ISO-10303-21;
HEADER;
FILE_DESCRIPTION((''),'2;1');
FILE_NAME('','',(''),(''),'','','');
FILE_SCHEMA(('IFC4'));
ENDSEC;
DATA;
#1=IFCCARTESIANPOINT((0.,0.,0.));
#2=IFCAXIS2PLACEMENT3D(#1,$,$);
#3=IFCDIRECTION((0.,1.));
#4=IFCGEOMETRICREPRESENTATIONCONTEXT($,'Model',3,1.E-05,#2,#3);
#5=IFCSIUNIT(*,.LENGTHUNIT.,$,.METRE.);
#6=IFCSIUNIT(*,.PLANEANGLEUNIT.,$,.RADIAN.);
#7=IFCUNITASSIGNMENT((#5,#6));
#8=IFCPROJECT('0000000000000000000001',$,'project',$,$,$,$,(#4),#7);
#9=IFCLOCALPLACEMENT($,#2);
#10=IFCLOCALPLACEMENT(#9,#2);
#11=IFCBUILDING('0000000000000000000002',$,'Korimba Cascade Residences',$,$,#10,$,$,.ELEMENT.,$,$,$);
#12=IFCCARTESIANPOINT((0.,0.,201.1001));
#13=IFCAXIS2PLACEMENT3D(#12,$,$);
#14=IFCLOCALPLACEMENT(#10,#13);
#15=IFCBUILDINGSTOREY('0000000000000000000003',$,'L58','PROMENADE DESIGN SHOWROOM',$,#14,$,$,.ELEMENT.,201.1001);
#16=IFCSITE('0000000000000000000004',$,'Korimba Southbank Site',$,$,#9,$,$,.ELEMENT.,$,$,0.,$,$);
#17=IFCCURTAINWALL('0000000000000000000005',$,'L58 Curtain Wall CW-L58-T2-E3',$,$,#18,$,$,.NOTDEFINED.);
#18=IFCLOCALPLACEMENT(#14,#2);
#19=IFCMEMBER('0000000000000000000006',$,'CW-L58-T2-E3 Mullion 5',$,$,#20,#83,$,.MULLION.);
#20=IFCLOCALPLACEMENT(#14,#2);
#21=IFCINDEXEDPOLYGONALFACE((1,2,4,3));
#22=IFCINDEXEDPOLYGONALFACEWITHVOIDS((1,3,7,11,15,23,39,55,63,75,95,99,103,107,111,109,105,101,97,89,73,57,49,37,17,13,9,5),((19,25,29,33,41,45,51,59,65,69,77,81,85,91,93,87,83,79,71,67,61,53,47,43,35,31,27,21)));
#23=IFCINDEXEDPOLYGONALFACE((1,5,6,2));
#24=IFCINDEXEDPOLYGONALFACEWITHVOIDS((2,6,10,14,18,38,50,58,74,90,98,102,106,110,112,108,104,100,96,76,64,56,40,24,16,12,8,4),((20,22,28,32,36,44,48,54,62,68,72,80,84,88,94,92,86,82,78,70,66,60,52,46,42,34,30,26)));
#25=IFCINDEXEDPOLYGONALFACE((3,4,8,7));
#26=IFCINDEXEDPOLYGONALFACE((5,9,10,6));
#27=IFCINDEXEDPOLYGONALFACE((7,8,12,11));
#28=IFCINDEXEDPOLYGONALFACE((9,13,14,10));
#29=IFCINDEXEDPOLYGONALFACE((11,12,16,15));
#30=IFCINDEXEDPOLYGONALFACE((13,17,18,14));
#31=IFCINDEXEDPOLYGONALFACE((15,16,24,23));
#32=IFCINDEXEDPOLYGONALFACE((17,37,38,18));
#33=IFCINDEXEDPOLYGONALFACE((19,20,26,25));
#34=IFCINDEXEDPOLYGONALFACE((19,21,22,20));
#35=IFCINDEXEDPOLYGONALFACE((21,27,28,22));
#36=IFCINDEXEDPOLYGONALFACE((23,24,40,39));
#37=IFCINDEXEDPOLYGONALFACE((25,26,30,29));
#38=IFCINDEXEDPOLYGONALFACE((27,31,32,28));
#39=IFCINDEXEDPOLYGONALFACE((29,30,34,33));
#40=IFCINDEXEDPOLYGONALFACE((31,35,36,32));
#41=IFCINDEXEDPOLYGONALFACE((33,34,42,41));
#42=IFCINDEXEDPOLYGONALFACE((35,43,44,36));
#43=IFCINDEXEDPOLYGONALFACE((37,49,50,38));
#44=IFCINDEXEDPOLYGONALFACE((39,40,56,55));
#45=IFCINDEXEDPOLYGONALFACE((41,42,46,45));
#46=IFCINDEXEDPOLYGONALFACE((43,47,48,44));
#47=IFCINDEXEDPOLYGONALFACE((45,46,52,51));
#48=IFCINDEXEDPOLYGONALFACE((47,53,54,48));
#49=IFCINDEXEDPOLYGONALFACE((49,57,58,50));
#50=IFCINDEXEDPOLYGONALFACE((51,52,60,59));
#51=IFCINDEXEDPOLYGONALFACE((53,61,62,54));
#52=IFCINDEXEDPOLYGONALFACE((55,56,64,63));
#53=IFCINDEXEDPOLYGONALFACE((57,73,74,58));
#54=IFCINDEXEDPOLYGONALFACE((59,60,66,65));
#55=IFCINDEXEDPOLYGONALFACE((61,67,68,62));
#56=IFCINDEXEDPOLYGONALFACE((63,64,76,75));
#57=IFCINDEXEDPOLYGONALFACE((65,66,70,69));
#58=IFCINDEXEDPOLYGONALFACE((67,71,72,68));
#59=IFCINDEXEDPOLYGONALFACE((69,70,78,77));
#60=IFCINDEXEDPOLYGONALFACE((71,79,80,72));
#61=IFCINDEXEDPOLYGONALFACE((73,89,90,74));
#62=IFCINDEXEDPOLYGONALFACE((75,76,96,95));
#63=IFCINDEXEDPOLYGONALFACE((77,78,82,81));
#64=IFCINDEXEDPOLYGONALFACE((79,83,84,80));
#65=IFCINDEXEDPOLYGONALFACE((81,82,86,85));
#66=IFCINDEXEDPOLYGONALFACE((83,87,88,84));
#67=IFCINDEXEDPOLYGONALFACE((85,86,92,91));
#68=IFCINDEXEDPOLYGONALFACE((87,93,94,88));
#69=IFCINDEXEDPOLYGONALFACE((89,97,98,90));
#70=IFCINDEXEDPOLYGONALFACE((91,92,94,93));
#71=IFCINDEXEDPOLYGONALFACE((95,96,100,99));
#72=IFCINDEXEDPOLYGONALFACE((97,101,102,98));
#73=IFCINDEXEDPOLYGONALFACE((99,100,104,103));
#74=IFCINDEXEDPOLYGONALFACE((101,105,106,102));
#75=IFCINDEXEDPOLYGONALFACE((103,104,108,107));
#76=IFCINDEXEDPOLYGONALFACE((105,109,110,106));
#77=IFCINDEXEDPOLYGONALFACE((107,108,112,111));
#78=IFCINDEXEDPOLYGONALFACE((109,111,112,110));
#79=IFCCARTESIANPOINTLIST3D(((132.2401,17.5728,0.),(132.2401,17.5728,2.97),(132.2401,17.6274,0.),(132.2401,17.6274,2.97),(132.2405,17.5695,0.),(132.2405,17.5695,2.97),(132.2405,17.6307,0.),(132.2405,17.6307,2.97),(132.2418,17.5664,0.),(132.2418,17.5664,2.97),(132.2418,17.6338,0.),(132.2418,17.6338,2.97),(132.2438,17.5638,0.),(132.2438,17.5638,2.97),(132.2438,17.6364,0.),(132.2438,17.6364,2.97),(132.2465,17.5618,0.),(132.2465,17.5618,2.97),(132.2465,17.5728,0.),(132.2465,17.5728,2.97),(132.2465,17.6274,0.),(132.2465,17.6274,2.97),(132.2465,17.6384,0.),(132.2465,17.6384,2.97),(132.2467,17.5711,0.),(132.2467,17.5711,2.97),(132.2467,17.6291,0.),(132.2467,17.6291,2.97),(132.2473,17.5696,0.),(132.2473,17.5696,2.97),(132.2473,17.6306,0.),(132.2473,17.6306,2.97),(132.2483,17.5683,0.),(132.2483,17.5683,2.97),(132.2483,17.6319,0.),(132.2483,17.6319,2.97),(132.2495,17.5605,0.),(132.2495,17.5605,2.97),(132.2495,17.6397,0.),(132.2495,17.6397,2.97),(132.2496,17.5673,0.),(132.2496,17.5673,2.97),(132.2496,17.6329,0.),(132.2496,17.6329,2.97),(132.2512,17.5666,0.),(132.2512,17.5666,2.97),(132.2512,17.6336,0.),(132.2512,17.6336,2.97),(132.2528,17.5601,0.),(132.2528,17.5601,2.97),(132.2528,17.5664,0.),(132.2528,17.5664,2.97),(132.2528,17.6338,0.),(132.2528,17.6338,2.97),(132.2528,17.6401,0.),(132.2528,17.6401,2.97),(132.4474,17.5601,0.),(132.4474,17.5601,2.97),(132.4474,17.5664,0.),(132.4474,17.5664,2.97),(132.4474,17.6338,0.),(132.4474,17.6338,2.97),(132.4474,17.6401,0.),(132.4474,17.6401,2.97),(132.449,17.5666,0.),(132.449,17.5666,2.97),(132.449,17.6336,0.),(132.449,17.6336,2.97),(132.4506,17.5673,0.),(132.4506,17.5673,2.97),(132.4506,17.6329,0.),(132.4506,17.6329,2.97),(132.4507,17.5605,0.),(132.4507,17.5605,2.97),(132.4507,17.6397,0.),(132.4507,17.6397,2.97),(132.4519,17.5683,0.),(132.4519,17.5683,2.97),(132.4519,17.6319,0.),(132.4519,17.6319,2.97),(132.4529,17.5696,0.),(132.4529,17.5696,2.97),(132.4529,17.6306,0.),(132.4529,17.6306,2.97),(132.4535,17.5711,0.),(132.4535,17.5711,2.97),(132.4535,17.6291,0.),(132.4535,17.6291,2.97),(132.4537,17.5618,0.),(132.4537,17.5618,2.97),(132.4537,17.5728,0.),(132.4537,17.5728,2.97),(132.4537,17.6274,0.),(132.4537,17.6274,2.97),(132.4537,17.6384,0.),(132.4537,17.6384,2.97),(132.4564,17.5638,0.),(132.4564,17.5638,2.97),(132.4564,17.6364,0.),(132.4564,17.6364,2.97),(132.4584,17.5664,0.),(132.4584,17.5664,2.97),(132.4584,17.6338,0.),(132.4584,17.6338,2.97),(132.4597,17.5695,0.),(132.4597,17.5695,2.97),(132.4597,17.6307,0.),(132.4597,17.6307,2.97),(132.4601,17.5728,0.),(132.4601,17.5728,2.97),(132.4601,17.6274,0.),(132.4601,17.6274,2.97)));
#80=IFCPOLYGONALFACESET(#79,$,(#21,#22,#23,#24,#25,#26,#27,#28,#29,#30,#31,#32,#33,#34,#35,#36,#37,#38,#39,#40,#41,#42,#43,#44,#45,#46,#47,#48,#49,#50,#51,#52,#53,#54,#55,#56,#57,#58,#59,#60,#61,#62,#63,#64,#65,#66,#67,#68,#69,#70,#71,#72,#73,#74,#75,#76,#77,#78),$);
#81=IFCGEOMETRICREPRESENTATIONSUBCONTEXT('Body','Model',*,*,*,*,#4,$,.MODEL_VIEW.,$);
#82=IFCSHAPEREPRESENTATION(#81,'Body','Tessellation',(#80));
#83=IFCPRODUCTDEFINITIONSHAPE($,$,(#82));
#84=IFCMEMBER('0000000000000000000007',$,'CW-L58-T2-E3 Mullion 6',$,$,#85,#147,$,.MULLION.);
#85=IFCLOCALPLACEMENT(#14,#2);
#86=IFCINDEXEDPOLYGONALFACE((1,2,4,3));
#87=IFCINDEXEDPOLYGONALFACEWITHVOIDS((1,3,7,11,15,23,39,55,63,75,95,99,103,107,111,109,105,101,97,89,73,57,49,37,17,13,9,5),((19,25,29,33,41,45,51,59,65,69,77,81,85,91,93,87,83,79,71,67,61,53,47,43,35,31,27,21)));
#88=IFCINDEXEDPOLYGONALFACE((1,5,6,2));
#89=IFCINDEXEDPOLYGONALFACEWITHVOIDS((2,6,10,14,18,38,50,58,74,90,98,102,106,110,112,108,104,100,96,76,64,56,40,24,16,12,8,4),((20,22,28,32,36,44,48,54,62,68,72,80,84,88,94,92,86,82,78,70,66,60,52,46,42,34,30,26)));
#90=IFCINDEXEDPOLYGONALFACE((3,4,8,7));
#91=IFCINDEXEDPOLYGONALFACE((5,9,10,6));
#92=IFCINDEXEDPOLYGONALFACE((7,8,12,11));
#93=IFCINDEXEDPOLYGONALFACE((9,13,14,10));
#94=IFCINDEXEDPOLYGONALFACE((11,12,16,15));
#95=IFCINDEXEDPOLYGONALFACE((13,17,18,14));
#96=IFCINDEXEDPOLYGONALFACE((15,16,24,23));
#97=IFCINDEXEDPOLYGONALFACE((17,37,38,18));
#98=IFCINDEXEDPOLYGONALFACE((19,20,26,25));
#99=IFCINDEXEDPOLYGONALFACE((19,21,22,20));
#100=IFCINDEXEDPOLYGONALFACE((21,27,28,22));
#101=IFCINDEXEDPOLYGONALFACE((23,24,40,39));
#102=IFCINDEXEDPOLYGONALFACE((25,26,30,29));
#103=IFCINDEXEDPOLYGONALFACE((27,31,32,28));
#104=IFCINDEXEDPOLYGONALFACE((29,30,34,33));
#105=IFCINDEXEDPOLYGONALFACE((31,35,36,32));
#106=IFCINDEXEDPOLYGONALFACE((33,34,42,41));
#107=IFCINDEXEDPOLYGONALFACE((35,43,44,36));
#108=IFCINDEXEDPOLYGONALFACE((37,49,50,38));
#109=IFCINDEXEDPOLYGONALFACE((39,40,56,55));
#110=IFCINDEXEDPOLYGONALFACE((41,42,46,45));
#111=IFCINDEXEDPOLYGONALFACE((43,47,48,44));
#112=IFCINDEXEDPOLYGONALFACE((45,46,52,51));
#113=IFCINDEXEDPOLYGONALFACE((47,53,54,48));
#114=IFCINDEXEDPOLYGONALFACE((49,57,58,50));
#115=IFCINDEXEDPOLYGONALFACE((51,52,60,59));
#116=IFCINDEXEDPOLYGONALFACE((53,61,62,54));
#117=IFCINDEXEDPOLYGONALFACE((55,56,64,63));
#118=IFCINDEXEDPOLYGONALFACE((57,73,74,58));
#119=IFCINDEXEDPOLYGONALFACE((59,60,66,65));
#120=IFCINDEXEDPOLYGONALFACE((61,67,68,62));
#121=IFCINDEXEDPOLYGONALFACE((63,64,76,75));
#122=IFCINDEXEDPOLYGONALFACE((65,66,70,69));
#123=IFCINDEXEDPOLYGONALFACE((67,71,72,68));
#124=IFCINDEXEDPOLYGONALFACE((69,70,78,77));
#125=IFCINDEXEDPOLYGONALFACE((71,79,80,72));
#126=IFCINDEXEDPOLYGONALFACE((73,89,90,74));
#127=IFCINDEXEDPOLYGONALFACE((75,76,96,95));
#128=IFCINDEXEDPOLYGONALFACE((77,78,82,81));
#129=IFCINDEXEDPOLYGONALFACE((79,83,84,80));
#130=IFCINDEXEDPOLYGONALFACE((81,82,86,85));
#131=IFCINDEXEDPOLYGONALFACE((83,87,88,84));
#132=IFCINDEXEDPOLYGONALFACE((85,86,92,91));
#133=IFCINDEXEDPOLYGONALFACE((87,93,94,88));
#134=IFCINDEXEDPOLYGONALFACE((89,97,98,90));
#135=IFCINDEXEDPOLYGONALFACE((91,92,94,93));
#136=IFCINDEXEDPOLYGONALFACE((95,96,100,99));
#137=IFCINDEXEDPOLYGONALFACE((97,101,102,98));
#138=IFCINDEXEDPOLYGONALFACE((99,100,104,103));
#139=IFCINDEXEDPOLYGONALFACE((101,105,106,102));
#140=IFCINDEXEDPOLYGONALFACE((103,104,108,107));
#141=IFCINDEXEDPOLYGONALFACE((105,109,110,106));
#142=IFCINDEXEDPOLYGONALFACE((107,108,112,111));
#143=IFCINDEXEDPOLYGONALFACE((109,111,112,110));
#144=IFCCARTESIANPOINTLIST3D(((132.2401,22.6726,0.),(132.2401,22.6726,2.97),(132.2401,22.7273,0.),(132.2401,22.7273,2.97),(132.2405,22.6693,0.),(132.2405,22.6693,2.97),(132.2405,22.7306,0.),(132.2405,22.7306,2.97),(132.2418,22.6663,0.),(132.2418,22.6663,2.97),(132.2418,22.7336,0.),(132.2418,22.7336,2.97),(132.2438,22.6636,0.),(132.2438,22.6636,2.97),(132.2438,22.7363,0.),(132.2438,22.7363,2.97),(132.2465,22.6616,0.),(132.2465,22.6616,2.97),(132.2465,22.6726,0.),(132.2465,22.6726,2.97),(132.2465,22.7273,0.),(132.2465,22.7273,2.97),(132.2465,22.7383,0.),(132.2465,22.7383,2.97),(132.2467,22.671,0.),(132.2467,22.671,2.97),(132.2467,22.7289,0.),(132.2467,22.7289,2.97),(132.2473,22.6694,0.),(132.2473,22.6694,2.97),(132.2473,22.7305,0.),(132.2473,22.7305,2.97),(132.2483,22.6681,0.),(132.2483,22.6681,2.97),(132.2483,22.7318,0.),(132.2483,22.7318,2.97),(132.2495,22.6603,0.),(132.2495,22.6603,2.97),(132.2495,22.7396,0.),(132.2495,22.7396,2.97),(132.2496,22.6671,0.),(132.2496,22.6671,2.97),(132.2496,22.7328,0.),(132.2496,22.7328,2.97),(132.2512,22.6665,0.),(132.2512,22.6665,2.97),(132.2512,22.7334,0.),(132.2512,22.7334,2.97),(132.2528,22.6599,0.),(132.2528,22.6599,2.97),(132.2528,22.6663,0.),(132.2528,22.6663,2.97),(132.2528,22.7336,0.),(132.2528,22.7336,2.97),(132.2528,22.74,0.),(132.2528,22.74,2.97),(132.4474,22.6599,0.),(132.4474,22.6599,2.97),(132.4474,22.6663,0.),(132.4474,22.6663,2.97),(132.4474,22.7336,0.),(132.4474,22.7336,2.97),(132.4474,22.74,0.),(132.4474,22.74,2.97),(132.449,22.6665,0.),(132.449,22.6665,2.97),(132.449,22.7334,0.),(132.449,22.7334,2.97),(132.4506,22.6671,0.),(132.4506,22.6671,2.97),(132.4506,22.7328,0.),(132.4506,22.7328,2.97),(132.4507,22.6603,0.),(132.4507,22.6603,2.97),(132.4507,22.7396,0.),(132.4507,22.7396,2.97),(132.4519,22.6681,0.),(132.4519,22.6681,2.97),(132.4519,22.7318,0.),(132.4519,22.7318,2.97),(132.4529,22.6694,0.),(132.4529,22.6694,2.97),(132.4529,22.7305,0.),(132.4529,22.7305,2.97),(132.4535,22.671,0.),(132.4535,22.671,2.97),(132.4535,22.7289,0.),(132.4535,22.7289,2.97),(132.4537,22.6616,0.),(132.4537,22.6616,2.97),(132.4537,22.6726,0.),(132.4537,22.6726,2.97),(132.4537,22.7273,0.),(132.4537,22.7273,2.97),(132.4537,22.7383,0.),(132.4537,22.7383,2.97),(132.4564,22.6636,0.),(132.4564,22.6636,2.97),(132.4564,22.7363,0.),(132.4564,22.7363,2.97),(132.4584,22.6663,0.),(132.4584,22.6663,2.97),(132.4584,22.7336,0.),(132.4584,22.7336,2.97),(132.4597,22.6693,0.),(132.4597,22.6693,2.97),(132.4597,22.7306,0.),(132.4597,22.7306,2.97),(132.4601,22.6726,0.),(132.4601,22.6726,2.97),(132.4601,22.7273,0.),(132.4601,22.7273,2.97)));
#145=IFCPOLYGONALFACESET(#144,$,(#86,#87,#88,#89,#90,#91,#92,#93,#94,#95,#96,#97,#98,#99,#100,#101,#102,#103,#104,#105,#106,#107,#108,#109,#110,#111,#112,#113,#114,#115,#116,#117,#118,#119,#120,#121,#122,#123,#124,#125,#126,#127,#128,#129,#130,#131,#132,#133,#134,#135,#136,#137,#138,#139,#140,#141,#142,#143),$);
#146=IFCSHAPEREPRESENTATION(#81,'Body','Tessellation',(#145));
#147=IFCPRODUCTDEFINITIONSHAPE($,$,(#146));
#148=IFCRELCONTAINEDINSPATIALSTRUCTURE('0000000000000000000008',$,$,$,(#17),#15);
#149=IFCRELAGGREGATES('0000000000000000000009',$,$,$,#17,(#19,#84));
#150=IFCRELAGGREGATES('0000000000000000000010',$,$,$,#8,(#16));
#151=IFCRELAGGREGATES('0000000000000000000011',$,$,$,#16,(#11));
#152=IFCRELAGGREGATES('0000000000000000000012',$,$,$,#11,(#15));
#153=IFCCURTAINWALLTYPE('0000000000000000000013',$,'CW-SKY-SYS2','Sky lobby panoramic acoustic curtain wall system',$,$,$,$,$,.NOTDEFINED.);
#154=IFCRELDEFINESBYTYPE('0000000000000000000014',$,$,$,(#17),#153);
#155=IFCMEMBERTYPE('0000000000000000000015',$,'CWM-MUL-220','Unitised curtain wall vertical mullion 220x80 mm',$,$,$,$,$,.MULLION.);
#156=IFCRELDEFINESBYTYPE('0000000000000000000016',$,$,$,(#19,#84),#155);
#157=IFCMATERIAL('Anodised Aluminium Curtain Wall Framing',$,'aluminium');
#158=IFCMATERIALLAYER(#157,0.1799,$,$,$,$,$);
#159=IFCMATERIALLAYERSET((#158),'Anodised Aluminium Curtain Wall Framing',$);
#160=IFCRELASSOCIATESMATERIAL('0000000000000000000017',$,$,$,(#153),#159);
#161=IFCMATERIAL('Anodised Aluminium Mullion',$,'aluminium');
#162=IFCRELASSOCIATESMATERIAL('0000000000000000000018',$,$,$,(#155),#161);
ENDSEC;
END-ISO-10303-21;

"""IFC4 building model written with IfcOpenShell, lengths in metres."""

from ifc_helpers import new_model, si_unit, direction, frame, origin, origin_2d, place, context, subcontext, project, spatial, hollow_rectangle, extrude, material, layer, layer_set, material_profile, profile_set, type_object, element, aggregate, save


model = new_model("IFC4")

# Units and contexts
model_context = context("Model", 3, precision=1e-05, world=origin(), true_north=direction((0.0, 1.0)))
body_context = subcontext(model_context, "Body", "Model", "MODEL_VIEW")
ifc_project = project(units=[si_unit("LENGTHUNIT", "METRE"), si_unit("PLANEANGLEUNIT", "RADIAN")], contexts=[model_context])

# Site, building, storey
site_placement = place(None, origin())
site = spatial("IfcSite", under=ifc_project, at=site_placement, Name="Korimba Southbank Site", CompositionType="ELEMENT", RefElevation=0.0)
building_placement = place(site_placement, origin())
building = spatial("IfcBuilding", under=site, at=building_placement, Name="Korimba Cascade Residences", CompositionType="ELEMENT")
storey_placement = place(building_placement, frame((0.0, 0.0, 201.1001)))
storey = spatial("IfcBuildingStorey", under=building, at=storey_placement, Name="L58", Description="PROMENADE DESIGN SHOWROOM", CompositionType="ELEMENT", Elevation=201.1001)

# Curtain wall, members
ifc_material_1 = material(Name="Anodised Aluminium Curtain Wall Framing", Category="aluminium")
ifc_layer_1 = layer(ifc_material_1, 0.1799)
ifc_layer_set_1 = layer_set([ifc_layer_1], Name="Anodised Aluminium Curtain Wall Framing")
curtain_wall_type = type_object("IfcCurtainWallType", Name="CW-SKY-SYS2", Description="Sky lobby panoramic acoustic curtain wall system", PredefinedType="NOTDEFINED", material=ifc_layer_set_1)
curtain_wall_placement = place(storey_placement, origin())
curtain_wall = element("IfcCurtainWall", 1, at=curtain_wall_placement, inside=storey, type_object=curtain_wall_type, Name="L58 Curtain Wall CW-L58-T2-E3", PredefinedType="NOTDEFINED")
ifc_material_2 = material(Name="Anodised Aluminium Mullion", Category="aluminium")
ifc_material_profile_1 = material_profile(ifc_material_2, hollow_rectangle(XDim=0.0801, YDim=0.22, WallThickness=0.0063, InnerFilletRadius=0.0063, OuterFilletRadius=0.0127, at=origin_2d()), Name="Anodised Aluminium Mullion")
ifc_profile_set_1 = profile_set([ifc_material_profile_1], Name="Anodised Aluminium Mullion")
member_type_1 = type_object("IfcMemberType", Name="CWM-MUL-220", Description="Unitised curtain wall vertical mullion 220x80 mm", PredefinedType="MULLION", material=ifc_profile_set_1)
member_1_placement = place(storey_placement, frame((132.3501, 17.6001, 0.0), z_axis=(0.0, 0.0, 1.0), x_axis=(0.0, 1.0, 0.0)))
member_1 = element("IfcMember", 2, at=member_1_placement, type_object=member_type_1, Name="CW-L58-T2-E3 Mullion 5", PredefinedType="MULLION", context=body_context, shape_type="SweptSolid", body=[
    extrude(hollow_rectangle(XDim=0.0801, YDim=0.22, WallThickness=0.0063, InnerFilletRadius=0.0063, OuterFilletRadius=0.0127, at=origin_2d()), origin(), (0.0, 0.0, 1.0), 2.97),
])
member_2_placement = place(storey_placement, frame((132.3501, 22.7, 0.0), z_axis=(0.0, 0.0, 1.0), x_axis=(0.0, 1.0, 0.0)))
member_2 = element("IfcMember", 3, at=member_2_placement, type_object=member_type_1, Name="CW-L58-T2-E3 Mullion 6", PredefinedType="MULLION", context=body_context, shape_type="SweptSolid", body=[
    extrude(hollow_rectangle(XDim=0.0801, YDim=0.22, WallThickness=0.0063, InnerFilletRadius=0.0063, OuterFilletRadius=0.0127, at=origin_2d()), origin(), (0.0, 0.0, 1.0), 2.97),
])
aggregate(curtain_wall, [member_1, member_2])

save(model, "model.ifc")
